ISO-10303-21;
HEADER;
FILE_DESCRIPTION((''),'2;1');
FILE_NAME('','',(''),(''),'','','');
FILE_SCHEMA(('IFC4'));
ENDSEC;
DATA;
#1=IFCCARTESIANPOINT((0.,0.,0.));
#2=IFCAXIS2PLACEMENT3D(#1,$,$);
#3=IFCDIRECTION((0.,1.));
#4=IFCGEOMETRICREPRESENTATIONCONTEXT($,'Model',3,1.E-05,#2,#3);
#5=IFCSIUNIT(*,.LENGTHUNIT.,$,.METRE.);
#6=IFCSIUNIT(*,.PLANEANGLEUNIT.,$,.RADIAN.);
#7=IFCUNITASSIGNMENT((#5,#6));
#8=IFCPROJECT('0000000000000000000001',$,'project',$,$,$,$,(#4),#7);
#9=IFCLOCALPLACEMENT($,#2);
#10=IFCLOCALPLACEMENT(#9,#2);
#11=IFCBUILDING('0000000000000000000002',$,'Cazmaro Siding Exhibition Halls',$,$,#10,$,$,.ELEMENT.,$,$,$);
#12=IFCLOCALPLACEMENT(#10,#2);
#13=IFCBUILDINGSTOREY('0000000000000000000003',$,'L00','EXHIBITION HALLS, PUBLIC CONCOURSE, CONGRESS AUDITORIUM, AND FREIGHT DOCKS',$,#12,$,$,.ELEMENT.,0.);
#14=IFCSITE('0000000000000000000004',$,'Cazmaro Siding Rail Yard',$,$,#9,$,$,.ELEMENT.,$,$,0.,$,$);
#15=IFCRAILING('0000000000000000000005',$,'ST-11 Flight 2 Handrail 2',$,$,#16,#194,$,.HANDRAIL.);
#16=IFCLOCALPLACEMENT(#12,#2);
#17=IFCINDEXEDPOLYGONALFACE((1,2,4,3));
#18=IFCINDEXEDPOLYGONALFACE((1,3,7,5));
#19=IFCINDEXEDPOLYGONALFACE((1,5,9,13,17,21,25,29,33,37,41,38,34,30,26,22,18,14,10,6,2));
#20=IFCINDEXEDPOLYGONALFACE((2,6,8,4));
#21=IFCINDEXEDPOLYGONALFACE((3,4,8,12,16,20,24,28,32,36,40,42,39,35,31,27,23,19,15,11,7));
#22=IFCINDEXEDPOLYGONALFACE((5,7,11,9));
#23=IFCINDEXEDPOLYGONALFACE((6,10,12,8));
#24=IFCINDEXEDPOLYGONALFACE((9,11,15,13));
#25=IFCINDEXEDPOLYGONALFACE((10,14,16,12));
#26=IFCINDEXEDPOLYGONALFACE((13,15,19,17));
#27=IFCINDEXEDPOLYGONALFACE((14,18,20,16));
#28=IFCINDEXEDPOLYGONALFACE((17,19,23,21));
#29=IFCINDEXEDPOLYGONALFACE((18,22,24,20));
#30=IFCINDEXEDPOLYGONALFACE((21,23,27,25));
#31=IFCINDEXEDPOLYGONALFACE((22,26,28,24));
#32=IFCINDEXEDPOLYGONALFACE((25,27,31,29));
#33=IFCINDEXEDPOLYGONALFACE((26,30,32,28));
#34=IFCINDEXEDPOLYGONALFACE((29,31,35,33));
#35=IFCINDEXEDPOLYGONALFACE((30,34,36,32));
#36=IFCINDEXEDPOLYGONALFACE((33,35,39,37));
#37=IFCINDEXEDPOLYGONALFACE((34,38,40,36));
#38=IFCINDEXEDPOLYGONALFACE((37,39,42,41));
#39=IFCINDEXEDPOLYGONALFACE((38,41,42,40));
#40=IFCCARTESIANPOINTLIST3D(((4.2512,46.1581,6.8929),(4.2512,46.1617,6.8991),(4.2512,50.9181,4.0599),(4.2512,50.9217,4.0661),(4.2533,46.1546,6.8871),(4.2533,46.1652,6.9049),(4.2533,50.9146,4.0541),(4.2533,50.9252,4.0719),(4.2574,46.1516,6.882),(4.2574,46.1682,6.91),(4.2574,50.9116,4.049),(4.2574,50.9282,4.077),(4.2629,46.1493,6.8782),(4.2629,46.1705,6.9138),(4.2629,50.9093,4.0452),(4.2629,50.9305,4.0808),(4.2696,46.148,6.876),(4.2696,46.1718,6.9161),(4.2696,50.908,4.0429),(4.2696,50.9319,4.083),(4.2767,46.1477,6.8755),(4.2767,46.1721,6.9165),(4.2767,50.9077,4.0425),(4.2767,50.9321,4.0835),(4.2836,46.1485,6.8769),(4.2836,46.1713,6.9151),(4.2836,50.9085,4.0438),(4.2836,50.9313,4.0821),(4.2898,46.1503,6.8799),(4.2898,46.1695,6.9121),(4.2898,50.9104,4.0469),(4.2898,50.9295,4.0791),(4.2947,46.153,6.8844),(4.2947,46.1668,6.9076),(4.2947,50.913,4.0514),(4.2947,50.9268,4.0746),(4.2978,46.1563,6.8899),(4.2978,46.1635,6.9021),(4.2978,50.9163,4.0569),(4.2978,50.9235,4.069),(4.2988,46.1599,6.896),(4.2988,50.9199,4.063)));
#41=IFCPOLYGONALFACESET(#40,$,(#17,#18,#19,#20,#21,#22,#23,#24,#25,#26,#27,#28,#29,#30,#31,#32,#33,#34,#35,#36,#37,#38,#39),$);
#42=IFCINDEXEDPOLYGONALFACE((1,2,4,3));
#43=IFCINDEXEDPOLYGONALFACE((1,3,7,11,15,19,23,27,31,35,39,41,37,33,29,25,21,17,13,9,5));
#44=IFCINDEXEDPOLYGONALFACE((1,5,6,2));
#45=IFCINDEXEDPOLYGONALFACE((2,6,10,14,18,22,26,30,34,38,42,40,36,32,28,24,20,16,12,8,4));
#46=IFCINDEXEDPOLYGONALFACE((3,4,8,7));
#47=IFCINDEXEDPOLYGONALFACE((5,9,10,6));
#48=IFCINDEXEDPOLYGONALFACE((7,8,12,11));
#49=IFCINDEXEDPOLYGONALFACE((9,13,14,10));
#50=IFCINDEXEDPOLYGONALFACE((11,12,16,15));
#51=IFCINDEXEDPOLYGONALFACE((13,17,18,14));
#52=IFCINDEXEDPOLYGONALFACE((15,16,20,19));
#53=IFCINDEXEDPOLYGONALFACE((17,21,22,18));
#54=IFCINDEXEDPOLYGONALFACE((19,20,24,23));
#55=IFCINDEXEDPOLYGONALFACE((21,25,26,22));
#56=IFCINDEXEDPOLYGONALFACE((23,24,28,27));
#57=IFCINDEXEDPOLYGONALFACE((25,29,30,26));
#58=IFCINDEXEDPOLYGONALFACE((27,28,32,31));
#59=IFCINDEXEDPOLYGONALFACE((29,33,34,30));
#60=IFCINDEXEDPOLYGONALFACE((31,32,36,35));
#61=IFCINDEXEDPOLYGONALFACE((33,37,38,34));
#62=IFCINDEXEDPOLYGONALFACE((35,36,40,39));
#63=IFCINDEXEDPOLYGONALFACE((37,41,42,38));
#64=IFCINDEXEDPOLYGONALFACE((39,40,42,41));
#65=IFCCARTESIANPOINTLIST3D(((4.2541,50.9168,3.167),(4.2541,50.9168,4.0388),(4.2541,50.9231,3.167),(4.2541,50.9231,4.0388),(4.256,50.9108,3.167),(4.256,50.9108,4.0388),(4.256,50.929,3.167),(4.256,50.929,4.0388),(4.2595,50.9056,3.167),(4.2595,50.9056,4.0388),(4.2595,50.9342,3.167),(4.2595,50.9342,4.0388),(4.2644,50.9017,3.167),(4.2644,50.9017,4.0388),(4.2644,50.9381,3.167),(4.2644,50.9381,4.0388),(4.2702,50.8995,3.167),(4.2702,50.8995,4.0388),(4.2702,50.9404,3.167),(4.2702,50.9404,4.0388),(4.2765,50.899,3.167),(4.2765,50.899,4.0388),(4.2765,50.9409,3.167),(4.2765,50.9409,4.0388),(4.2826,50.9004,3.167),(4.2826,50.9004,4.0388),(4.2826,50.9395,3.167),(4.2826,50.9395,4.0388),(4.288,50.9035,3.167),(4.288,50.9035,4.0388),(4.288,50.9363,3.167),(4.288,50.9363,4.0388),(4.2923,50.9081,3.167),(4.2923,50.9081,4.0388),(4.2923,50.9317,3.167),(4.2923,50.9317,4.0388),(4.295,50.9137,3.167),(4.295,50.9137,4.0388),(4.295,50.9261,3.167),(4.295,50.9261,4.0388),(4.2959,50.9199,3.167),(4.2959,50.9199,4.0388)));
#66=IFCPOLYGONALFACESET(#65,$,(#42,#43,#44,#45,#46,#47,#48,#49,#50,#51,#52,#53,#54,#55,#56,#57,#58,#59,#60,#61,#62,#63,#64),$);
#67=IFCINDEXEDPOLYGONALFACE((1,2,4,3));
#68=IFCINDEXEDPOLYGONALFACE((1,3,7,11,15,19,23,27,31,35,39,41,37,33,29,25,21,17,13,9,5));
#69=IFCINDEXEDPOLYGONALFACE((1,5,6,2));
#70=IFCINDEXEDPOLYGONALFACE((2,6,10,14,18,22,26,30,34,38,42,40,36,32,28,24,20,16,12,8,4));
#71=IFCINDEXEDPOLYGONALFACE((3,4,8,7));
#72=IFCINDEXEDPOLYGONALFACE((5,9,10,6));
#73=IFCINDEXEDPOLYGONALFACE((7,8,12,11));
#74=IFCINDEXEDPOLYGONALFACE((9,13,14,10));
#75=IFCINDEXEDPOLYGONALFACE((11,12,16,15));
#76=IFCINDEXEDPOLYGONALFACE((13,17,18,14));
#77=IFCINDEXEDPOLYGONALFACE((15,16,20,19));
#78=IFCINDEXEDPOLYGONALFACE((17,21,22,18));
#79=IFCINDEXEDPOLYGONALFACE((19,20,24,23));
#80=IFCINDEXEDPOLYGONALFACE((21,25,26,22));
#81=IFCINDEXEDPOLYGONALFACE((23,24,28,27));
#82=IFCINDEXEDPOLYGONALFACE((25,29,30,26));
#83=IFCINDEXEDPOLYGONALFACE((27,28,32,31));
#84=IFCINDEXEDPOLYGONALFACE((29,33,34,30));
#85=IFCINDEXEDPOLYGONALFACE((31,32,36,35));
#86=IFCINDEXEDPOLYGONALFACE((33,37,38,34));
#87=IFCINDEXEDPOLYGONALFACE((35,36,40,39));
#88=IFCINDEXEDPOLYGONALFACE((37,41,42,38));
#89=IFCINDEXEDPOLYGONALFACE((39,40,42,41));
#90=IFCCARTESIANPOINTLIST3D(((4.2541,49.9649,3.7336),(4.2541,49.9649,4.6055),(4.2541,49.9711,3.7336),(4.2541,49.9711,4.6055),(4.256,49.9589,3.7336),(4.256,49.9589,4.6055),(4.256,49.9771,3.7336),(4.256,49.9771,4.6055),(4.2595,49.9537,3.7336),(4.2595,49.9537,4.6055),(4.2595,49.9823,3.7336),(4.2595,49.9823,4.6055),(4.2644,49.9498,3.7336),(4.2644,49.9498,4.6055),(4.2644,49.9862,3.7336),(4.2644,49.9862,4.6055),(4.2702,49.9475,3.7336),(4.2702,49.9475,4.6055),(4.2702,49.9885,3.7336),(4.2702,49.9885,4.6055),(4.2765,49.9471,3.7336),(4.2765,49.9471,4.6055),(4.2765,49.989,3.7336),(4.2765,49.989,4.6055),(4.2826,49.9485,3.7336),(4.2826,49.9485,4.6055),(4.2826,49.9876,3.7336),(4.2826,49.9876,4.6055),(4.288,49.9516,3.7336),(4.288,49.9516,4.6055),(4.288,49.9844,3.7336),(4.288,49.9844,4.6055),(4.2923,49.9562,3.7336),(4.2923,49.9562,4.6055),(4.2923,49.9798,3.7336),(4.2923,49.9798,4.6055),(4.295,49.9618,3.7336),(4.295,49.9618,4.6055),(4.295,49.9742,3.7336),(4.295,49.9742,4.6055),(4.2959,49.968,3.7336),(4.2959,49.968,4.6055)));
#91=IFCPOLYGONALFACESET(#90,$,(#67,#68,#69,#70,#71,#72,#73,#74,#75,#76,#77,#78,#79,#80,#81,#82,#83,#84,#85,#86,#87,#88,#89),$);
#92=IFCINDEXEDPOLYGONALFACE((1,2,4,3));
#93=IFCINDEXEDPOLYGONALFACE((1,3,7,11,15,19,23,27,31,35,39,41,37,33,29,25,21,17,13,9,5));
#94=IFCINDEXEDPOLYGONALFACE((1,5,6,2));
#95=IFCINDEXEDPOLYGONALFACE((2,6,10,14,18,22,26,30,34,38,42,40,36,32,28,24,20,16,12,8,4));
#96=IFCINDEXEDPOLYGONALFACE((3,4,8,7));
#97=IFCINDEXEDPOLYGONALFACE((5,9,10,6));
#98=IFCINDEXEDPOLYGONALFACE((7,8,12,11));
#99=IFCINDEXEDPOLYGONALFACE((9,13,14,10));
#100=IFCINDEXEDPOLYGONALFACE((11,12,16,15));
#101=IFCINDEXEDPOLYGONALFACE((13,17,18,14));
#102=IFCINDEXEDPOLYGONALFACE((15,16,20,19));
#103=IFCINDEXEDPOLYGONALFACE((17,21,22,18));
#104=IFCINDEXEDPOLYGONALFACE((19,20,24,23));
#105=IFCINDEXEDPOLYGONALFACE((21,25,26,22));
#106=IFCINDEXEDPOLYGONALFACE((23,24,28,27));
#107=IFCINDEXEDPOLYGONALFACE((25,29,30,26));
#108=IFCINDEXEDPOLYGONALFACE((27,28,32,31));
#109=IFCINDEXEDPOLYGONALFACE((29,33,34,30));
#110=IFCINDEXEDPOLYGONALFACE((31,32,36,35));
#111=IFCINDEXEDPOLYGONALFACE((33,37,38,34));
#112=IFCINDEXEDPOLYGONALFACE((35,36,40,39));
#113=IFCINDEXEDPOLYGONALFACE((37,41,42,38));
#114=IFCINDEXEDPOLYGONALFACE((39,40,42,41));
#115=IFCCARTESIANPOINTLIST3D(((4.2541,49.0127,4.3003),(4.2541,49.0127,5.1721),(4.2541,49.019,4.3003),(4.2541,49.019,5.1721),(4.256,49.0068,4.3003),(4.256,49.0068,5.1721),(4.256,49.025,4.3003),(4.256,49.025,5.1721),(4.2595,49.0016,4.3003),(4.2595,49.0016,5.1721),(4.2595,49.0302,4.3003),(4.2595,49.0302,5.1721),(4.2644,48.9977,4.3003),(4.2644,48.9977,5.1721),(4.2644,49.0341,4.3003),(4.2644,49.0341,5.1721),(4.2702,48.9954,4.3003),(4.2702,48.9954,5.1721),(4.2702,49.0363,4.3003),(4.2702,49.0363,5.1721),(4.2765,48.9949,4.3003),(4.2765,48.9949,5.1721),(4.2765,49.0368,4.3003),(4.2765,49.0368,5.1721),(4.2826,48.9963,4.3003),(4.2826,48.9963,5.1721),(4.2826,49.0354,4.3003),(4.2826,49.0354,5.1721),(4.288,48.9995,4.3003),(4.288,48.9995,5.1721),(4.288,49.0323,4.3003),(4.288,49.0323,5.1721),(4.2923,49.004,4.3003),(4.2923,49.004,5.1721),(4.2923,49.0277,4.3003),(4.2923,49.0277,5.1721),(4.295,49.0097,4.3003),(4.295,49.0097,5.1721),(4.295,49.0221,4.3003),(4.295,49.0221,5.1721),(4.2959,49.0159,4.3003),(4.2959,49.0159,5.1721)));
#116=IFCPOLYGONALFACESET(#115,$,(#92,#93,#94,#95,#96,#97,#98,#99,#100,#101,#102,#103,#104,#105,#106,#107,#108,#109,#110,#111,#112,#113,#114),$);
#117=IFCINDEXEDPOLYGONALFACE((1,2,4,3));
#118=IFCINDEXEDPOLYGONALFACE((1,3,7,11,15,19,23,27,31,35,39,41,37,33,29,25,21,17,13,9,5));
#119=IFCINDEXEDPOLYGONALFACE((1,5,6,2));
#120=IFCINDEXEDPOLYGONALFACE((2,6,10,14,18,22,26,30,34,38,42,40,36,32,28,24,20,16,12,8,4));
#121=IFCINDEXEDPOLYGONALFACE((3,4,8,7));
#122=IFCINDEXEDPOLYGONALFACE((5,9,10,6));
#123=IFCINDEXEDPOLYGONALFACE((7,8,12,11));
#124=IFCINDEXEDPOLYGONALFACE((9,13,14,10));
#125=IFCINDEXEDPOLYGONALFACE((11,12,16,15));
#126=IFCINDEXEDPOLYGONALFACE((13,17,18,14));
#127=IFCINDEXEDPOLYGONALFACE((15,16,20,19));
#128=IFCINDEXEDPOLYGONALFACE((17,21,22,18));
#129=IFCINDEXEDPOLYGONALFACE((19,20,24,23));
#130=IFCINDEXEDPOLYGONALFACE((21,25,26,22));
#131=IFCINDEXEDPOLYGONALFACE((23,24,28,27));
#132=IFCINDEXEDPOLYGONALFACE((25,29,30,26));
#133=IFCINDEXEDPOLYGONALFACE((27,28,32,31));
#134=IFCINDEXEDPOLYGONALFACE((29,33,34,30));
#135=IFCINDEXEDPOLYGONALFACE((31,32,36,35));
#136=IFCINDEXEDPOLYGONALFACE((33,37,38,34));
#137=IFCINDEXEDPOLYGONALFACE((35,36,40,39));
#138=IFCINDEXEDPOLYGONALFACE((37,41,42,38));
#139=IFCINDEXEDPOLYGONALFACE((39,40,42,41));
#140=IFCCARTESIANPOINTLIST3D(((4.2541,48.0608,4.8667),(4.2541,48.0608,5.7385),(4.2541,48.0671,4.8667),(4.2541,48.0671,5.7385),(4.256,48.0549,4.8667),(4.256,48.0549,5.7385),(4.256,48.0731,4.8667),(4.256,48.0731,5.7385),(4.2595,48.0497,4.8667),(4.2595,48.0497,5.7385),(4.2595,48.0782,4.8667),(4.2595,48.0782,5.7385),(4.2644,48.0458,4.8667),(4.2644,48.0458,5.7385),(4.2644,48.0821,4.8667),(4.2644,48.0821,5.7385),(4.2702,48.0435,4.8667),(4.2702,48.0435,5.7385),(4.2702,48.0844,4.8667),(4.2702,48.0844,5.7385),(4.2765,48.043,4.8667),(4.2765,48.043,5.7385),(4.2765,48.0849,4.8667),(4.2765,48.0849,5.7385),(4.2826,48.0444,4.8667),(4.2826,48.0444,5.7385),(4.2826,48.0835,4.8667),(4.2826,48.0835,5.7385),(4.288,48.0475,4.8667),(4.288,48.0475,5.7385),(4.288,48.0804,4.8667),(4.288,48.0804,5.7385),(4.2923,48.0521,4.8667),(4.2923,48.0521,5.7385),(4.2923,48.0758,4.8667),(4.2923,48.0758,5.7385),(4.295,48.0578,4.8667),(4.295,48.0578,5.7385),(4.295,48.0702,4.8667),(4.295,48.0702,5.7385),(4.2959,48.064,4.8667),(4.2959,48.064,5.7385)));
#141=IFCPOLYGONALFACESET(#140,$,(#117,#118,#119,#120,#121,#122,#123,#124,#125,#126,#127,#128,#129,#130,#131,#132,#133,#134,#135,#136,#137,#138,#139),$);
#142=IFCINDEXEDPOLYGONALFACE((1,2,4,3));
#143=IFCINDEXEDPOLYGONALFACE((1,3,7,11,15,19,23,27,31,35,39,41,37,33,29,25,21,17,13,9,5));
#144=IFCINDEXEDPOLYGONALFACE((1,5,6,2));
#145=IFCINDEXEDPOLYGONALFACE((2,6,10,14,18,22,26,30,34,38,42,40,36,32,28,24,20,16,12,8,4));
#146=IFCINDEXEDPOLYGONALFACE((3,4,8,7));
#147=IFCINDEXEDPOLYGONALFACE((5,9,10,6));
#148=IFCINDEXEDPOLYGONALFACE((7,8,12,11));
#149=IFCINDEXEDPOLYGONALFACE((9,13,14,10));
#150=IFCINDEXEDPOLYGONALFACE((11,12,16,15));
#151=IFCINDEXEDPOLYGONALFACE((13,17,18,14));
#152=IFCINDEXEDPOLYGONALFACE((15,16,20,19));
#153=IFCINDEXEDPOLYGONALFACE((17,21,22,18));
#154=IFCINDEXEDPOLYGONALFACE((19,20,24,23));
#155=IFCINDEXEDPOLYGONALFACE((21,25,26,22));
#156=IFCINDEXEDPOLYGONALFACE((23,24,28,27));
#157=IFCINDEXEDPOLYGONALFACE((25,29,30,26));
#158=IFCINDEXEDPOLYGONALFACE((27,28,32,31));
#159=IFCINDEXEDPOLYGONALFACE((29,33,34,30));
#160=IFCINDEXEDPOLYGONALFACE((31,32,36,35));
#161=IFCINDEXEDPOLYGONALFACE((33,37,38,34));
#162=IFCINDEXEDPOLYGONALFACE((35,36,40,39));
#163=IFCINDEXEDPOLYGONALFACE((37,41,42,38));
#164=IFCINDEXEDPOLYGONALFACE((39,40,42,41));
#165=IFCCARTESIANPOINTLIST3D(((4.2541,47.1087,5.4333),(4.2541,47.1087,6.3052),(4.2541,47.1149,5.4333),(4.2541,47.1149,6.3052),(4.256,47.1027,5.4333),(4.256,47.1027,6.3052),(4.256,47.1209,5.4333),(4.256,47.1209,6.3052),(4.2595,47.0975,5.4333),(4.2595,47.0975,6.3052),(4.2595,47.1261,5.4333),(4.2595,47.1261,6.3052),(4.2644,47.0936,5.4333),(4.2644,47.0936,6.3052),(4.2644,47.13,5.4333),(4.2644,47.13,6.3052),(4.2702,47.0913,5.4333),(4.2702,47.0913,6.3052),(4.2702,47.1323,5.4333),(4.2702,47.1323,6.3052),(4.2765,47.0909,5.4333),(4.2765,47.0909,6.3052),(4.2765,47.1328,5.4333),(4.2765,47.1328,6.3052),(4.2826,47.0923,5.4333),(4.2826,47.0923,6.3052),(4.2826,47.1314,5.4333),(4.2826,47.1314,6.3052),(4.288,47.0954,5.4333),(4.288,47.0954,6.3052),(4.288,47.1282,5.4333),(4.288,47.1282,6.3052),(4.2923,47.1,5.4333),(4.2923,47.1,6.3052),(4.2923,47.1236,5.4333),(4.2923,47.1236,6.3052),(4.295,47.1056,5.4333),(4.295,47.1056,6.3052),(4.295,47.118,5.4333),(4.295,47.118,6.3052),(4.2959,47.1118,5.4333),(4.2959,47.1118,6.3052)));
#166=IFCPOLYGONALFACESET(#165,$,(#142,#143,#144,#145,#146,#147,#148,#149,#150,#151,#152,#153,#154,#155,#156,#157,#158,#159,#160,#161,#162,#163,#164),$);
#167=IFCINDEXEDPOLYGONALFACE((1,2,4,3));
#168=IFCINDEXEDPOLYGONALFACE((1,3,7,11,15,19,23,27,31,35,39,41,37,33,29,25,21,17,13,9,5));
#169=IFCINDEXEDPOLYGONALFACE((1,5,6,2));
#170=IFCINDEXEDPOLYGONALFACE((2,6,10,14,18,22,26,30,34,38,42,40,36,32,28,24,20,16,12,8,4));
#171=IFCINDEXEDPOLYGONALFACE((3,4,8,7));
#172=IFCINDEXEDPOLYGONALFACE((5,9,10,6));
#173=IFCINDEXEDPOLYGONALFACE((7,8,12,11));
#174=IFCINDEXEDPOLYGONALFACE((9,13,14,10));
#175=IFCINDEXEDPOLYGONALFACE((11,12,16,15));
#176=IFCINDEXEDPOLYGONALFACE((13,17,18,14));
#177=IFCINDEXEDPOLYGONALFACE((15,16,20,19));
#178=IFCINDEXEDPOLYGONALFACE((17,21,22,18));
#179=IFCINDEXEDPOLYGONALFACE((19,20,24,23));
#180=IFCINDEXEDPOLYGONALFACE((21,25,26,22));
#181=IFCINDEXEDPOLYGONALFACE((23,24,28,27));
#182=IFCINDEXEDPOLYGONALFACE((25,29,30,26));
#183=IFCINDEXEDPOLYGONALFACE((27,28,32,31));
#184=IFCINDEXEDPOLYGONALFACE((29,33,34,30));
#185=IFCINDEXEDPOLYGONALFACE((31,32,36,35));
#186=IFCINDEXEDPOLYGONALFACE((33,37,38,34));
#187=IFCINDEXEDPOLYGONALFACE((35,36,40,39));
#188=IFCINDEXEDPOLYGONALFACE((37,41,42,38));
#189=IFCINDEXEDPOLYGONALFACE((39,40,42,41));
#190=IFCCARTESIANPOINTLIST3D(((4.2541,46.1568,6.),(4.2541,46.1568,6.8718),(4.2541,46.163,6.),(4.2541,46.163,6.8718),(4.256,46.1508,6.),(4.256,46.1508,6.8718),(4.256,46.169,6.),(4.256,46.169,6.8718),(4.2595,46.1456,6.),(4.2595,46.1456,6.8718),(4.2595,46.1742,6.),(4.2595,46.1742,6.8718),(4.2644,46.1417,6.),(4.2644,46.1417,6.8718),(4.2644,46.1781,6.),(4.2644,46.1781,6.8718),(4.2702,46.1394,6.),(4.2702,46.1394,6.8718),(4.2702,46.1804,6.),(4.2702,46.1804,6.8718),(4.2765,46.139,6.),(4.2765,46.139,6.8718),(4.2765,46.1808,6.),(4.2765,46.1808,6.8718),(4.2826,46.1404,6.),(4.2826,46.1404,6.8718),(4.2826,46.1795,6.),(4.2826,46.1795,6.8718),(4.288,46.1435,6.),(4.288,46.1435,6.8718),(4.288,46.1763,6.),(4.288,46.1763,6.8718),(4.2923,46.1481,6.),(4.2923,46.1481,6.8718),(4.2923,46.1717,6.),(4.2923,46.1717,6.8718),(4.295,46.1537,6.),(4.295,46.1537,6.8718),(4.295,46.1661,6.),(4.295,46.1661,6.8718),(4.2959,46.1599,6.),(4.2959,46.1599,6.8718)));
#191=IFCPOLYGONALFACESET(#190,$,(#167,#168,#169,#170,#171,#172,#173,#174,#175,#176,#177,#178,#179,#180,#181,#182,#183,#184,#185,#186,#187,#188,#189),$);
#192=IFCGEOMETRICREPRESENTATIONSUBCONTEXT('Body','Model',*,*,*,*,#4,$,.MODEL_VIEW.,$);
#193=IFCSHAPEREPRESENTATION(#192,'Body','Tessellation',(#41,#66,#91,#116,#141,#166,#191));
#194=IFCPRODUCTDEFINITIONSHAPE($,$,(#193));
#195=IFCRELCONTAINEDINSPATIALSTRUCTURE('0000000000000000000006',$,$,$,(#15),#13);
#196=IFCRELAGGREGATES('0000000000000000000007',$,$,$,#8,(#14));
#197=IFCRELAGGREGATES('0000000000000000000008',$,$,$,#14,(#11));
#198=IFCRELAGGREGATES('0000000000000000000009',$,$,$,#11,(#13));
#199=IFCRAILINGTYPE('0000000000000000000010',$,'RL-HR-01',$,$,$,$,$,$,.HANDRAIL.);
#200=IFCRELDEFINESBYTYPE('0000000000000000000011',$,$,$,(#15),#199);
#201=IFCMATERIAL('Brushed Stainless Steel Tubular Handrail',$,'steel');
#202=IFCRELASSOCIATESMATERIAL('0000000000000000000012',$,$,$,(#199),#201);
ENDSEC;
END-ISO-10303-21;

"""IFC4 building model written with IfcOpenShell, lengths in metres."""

from ifc_helpers import new_model, si_unit, direction, frame, origin, origin_2d, place, context, subcontext, project, spatial, circle, extrude, material, type_object, element, save


model = new_model("IFC4")

# Units and contexts
model_context = context("Model", 3, precision=1e-05, world=origin(), true_north=direction((0.0, 1.0)))
body_context = subcontext(model_context, "Body", "Model", "MODEL_VIEW")
ifc_project = project(units=[si_unit("LENGTHUNIT", "METRE"), si_unit("PLANEANGLEUNIT", "RADIAN")], contexts=[model_context])

# Site, building, storey
site_placement = place(None, origin())
site = spatial("IfcSite", under=ifc_project, at=site_placement, Name="Cazmaro Siding Rail Yard", CompositionType="ELEMENT", RefElevation=0.0)
building_placement = place(site_placement, origin())
building = spatial("IfcBuilding", under=site, at=building_placement, Name="Cazmaro Siding Exhibition Halls", CompositionType="ELEMENT")
storey_placement = place(building_placement, origin())
storey = spatial("IfcBuildingStorey", under=building, at=storey_placement, Name="L00", Description="EXHIBITION HALLS, PUBLIC CONCOURSE, CONGRESS AUDITORIUM, AND FREIGHT DOCKS", CompositionType="ELEMENT", Elevation=0.0)

# Railing
ifc_material_1 = material(Name="Brushed Stainless Steel Tubular Handrail", Category="steel")
railing_type_1 = type_object("IfcRailingType", Name="RL-HR-01", PredefinedType="HANDRAIL", material=ifc_material_1)
railing_1_placement = place(storey_placement, frame((4.2749, 50.9199, 3.167)))
element("IfcRailing", 1, at=railing_1_placement, inside=storey, type_object=railing_type_1, Name="ST-11 Flight 2 Handrail 2", PredefinedType="HANDRAIL", context=body_context, shape_type="SweptSolid", body=[
    extrude(circle(Radius=0.0239, at=origin_2d()), frame((0.0, 0.0, 0.896), z_axis=(0.0, -0.859319, 0.51144), x_axis=(1.0, 0.0, 0.0)), (0.0, 0.0, 1.0), 5.5393),
    extrude(circle(Radius=0.021, at=origin_2d()), origin(), (0.0, 0.0, 1.0), 0.8718),
    extrude(circle(Radius=0.021, at=origin_2d()), frame((0.0, -0.9519, 0.5667)), (0.0, 0.0, 1.0), 0.8718),
    extrude(circle(Radius=0.021, at=origin_2d()), frame((0.0, -1.9041, 1.1333)), (0.0, 0.0, 1.0), 0.8718),
    extrude(circle(Radius=0.021, at=origin_2d()), frame((0.0, -2.856, 1.6997)), (0.0, 0.0, 1.0), 0.8718),
    extrude(circle(Radius=0.021, at=origin_2d()), frame((0.0, -3.8081, 2.2664)), (0.0, 0.0, 1.0), 0.8718),
    extrude(circle(Radius=0.021, at=origin_2d()), frame((0.0, -4.76, 2.833)), (0.0, 0.0, 1.0), 0.8718),
])

save(model, "model.ifc")
